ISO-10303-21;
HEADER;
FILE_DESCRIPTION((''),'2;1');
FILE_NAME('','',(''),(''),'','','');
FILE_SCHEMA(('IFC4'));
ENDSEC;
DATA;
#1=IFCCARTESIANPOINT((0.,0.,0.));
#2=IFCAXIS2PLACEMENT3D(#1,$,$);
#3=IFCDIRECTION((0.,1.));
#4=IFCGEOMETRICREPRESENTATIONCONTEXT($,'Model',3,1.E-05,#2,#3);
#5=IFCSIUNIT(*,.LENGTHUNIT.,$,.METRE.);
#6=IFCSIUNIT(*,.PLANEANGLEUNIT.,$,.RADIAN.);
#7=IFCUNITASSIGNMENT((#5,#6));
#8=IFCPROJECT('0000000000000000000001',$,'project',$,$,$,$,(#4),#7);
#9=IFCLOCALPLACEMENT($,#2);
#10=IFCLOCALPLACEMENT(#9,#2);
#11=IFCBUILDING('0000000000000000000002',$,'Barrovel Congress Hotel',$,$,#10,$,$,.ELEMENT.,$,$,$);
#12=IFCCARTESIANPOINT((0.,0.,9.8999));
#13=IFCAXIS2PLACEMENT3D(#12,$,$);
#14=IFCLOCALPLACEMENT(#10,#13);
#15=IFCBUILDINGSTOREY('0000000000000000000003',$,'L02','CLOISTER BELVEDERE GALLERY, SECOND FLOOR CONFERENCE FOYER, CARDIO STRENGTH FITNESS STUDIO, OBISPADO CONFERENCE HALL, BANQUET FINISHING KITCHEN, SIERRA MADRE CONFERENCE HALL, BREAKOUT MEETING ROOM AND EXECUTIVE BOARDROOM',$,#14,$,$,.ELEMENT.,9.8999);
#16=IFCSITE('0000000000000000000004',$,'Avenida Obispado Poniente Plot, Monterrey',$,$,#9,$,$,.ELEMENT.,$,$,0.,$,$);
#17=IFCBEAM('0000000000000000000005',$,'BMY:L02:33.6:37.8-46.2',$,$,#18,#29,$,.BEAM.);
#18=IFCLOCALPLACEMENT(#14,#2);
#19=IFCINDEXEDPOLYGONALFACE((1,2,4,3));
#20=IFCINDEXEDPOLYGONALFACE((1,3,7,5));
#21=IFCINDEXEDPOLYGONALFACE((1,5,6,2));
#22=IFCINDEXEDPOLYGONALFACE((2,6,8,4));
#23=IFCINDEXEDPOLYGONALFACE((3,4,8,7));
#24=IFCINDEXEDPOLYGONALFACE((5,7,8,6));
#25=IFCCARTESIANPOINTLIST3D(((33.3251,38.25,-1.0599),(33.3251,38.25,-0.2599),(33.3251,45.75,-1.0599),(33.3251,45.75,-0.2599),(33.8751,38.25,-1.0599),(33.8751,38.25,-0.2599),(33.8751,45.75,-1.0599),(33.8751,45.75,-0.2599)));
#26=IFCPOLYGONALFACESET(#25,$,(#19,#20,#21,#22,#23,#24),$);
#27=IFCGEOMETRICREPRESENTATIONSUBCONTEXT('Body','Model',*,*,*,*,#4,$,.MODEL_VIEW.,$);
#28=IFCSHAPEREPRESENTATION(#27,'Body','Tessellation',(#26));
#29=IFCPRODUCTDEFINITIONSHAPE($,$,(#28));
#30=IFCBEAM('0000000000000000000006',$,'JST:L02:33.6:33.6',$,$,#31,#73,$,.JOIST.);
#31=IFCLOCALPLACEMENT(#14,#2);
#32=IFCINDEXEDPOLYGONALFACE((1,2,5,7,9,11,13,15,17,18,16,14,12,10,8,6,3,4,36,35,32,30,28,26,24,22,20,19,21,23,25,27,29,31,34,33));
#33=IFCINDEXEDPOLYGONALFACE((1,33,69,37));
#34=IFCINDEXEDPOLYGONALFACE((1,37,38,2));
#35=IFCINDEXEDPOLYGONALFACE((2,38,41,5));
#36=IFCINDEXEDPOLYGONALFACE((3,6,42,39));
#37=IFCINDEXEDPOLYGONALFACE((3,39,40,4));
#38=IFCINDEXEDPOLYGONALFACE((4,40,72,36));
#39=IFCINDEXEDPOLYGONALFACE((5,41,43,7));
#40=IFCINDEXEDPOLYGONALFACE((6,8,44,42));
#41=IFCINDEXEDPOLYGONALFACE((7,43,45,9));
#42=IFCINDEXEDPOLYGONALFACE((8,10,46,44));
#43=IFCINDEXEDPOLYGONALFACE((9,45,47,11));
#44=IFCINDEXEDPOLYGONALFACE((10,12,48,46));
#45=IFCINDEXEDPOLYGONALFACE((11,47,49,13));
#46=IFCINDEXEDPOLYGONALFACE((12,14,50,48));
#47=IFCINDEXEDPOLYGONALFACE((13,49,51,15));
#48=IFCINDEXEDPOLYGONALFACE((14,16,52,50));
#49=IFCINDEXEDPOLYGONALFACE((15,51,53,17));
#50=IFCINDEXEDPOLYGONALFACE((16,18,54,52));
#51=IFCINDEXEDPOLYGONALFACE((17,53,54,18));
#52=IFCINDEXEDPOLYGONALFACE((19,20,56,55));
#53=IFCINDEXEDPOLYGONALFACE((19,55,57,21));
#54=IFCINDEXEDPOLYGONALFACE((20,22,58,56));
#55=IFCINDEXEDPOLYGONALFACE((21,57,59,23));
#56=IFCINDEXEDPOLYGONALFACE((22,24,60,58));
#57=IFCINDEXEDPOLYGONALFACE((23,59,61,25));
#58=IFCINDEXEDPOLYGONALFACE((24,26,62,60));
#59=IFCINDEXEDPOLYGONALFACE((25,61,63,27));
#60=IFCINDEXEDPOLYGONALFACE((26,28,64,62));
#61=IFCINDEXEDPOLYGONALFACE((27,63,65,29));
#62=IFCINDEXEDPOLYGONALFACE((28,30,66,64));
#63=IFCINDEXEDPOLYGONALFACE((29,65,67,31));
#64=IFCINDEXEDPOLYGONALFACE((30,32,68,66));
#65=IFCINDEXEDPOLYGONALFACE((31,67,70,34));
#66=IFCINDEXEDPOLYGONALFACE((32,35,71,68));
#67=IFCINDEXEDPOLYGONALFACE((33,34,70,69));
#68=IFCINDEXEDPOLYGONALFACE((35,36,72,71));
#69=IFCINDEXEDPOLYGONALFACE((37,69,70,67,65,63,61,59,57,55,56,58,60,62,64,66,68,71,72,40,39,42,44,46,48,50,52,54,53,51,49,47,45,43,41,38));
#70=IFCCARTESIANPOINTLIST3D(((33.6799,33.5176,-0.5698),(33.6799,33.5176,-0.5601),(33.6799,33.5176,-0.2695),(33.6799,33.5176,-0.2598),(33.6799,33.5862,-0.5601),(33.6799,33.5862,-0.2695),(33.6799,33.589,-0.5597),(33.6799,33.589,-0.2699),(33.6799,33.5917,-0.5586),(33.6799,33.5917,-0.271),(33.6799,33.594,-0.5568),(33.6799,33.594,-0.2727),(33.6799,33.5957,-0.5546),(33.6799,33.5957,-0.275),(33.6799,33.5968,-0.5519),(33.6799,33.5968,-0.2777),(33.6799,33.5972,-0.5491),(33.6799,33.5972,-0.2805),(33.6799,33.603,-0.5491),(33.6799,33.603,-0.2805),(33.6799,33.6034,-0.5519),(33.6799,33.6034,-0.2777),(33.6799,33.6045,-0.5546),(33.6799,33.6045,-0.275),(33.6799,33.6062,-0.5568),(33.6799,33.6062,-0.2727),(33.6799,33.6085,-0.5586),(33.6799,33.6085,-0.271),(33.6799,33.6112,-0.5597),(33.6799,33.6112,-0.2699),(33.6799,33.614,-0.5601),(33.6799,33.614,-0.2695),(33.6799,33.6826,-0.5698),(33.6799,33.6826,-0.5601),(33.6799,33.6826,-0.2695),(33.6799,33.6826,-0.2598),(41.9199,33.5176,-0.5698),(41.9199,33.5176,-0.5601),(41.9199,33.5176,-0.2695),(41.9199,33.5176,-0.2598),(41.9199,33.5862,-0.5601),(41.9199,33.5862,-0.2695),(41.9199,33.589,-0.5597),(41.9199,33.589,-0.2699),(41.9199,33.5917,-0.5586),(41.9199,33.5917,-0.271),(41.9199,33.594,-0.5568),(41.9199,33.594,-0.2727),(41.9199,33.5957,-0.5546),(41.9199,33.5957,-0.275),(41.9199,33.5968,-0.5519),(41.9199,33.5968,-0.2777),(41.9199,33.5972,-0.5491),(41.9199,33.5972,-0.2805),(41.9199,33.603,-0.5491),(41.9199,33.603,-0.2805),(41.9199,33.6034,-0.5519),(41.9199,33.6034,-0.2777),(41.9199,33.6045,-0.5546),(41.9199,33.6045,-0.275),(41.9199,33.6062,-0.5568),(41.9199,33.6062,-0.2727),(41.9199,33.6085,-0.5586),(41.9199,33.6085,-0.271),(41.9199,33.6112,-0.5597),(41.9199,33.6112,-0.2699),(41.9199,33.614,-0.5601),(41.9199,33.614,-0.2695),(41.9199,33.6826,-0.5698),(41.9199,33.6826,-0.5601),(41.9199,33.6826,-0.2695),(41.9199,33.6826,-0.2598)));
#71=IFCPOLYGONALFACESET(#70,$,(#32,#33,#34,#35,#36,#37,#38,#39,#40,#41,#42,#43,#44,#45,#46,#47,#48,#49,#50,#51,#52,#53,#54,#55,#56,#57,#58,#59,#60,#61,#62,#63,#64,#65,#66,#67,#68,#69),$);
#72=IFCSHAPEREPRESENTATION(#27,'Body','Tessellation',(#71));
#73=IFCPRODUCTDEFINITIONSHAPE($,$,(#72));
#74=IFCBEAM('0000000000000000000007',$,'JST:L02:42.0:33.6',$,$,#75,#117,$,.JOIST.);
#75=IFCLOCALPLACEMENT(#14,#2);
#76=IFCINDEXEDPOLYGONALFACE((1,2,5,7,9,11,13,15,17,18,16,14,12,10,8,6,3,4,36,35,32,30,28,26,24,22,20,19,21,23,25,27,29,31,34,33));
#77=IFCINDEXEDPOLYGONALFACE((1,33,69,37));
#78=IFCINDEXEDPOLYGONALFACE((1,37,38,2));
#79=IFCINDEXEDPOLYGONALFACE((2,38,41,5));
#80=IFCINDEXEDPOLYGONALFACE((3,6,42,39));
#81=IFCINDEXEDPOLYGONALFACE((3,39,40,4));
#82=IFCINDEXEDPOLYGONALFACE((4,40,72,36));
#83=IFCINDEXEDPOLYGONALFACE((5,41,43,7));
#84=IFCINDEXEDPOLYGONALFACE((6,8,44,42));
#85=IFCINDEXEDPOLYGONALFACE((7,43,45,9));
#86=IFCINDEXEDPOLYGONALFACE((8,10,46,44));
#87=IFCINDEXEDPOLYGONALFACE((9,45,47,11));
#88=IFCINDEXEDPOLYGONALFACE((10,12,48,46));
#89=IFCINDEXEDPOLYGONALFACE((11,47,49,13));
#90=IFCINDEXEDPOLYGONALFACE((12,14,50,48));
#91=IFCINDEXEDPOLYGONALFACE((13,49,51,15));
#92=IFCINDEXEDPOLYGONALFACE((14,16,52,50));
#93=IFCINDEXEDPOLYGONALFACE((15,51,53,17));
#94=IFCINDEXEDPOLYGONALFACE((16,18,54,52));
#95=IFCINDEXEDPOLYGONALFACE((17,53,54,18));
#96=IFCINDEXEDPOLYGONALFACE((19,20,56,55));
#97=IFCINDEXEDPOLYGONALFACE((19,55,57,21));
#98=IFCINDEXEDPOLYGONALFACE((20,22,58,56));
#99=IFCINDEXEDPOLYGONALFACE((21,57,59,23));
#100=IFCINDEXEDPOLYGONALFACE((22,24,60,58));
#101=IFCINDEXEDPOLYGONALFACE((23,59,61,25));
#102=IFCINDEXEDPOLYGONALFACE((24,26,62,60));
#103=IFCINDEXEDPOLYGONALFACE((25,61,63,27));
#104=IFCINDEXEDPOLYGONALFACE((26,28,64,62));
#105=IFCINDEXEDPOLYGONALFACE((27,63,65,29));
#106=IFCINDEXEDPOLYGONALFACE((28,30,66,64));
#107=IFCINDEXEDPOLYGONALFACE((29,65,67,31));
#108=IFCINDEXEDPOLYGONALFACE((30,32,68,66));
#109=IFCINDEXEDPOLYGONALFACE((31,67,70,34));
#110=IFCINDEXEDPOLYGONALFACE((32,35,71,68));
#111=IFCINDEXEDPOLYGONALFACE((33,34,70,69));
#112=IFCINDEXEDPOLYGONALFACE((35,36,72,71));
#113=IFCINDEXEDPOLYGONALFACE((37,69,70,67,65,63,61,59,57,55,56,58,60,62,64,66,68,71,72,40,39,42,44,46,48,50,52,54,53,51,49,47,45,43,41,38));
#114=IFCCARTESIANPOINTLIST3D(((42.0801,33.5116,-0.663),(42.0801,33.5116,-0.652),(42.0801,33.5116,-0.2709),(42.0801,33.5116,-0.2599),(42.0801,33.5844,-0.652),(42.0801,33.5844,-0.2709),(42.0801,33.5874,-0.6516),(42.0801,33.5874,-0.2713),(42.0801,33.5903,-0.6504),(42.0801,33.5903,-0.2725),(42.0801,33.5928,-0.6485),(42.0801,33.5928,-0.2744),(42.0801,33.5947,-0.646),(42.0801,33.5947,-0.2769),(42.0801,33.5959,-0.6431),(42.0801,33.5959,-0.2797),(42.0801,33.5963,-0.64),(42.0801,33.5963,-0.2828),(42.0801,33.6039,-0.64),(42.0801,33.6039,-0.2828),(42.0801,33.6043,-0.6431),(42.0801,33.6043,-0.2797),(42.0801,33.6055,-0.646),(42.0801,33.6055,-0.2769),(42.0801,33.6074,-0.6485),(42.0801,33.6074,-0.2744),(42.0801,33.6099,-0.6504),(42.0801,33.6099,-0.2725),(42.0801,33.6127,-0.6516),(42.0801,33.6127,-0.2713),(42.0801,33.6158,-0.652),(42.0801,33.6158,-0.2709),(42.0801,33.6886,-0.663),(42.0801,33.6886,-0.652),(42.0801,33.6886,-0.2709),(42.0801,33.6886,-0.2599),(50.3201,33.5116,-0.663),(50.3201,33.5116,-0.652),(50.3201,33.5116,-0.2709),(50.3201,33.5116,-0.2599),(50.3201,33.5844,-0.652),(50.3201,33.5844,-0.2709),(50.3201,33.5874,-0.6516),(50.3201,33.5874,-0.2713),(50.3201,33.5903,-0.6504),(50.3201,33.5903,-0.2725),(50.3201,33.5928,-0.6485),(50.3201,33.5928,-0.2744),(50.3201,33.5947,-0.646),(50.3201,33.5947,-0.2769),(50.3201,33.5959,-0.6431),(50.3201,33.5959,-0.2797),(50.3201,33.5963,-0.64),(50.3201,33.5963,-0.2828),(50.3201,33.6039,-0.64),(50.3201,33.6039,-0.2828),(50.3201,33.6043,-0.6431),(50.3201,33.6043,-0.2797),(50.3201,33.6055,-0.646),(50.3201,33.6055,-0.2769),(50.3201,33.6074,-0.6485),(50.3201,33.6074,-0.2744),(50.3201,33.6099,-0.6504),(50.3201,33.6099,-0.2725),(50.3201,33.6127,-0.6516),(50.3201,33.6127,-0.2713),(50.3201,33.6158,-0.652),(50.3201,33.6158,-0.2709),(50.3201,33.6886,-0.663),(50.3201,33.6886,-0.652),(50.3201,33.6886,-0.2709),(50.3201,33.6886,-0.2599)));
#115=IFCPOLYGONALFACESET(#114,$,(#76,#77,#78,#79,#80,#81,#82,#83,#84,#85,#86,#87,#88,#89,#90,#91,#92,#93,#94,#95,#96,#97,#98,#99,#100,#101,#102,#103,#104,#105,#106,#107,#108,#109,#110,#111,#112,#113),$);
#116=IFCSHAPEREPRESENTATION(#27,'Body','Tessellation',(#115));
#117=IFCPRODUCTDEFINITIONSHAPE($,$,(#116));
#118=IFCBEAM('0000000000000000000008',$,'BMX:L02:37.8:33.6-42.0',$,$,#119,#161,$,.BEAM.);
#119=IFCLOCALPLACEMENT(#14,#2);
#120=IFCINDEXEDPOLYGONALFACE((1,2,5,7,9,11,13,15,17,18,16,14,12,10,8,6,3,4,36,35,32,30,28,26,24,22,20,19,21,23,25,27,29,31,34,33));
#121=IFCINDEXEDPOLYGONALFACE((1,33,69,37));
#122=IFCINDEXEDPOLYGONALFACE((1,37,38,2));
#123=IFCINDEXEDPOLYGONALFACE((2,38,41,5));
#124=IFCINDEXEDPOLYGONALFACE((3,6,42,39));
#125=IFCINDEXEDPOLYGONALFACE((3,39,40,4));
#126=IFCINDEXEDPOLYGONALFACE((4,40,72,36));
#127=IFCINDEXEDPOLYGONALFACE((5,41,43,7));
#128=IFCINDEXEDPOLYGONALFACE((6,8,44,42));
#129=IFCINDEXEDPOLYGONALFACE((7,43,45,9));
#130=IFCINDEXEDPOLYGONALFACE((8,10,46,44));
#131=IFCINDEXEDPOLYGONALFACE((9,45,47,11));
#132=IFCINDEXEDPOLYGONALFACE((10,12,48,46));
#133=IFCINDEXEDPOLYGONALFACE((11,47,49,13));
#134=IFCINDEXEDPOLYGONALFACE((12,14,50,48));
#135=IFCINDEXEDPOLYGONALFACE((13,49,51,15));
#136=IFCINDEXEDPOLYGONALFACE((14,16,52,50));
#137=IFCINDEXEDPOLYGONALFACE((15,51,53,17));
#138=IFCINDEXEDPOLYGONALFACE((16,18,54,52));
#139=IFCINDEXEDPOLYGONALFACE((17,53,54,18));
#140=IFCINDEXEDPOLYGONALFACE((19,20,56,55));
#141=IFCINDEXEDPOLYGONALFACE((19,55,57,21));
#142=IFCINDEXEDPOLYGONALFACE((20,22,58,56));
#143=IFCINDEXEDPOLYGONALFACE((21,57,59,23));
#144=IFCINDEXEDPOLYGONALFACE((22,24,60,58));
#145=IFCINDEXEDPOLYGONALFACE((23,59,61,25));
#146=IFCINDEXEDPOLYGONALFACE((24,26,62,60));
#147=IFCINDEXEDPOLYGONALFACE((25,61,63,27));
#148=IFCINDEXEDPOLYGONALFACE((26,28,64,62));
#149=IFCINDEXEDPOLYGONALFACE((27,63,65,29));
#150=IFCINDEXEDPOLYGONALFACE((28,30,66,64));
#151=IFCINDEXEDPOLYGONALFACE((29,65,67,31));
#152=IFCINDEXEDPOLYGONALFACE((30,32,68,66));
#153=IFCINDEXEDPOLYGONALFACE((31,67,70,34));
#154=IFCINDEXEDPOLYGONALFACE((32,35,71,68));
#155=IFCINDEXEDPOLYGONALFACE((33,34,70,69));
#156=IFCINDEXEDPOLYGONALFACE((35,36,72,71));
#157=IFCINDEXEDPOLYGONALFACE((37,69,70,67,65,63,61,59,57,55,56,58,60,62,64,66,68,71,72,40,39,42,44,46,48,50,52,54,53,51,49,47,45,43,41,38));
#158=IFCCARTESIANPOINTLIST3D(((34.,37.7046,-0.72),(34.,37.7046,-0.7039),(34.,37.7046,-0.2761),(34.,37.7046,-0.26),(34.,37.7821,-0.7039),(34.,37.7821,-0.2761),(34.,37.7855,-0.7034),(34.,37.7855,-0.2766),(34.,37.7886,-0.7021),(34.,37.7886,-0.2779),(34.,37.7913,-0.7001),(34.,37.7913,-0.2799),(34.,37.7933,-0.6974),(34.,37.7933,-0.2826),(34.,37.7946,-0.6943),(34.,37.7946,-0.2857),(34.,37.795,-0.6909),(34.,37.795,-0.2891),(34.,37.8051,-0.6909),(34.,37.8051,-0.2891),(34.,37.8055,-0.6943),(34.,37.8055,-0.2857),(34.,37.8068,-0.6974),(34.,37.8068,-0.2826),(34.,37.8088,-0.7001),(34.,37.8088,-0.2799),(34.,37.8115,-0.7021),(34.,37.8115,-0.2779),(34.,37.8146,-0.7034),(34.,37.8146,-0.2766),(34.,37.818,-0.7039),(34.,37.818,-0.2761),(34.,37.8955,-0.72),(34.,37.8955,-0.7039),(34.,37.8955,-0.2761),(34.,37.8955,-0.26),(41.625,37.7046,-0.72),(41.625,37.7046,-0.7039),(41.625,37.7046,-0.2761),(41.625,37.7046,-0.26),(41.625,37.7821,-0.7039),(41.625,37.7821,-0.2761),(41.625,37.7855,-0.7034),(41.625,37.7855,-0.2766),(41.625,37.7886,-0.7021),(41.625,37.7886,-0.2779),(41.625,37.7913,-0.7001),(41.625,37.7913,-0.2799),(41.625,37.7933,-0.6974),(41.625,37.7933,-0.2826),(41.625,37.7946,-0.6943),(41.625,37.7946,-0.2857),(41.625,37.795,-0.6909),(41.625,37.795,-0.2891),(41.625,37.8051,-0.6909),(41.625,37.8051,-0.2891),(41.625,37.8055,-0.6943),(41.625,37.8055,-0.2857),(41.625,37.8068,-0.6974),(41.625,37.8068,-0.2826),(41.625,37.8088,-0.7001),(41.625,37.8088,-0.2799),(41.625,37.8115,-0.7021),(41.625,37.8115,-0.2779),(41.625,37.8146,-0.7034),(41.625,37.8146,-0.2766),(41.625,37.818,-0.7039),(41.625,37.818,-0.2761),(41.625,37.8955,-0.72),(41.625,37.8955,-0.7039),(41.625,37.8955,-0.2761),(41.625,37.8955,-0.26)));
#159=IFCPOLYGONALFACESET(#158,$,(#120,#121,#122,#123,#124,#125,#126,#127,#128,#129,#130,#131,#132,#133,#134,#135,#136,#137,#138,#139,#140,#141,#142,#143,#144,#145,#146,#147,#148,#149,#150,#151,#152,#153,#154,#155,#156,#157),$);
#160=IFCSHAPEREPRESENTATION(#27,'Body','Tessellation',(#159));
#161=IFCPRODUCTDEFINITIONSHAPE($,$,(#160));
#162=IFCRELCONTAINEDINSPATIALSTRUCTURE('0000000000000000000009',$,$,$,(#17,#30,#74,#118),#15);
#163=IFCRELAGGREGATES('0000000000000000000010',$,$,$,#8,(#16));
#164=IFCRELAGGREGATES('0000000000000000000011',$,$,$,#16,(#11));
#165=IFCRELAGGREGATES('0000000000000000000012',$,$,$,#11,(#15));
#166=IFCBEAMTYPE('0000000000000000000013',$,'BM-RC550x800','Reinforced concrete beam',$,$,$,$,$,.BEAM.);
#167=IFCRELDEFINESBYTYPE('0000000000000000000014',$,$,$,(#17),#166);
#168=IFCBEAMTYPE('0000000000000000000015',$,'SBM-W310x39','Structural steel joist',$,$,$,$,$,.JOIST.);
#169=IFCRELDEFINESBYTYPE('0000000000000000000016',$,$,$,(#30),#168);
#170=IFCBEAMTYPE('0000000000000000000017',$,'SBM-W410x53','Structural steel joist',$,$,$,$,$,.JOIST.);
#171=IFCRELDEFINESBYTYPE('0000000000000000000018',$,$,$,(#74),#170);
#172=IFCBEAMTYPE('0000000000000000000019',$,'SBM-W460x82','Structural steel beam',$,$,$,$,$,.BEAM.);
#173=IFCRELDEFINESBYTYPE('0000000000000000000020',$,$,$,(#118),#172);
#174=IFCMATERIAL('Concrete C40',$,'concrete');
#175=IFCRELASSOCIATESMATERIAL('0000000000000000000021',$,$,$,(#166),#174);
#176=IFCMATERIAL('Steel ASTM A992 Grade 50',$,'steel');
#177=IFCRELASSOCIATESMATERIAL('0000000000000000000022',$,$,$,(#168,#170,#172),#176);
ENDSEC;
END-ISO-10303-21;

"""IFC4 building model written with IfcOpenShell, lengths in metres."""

from ifc_helpers import new_model, si_unit, direction, frame, origin, origin_2d, place, context, subcontext, project, spatial, rectangle, i_section, extrude, material, material_profile, profile_set, type_object, element, save


model = new_model("IFC4")

# Units and contexts
model_context = context("Model", 3, precision=1e-05, world=origin(), true_north=direction((0.0, 1.0)))
body_context = subcontext(model_context, "Body", "Model", "MODEL_VIEW")
ifc_project = project(units=[si_unit("LENGTHUNIT", "METRE"), si_unit("PLANEANGLEUNIT", "RADIAN")], contexts=[model_context])

# Site, building, storey
site_placement = place(None, origin())
site = spatial("IfcSite", under=ifc_project, at=site_placement, Name="Avenida Obispado Poniente Plot, Monterrey", CompositionType="ELEMENT", RefElevation=0.0)
building_placement = place(site_placement, origin())
building = spatial("IfcBuilding", under=site, at=building_placement, Name="Barrovel Congress Hotel", CompositionType="ELEMENT")
storey_placement = place(building_placement, frame((0.0, 0.0, 9.8999)))
storey = spatial("IfcBuildingStorey", under=building, at=storey_placement, Name="L02", Description="CLOISTER BELVEDERE GALLERY, SECOND FLOOR CONFERENCE FOYER, CARDIO STRENGTH FITNESS STUDIO, OBISPADO CONFERENCE HALL, BANQUET FINISHING KITCHEN, SIERRA MADRE CONFERENCE HALL, BREAKOUT MEETING ROOM AND EXECUTIVE BOARDROOM", CompositionType="ELEMENT", Elevation=9.8999)

# Shared definitions
ifc_material_1 = material(Name="Concrete C40", Category="concrete")

# Beams
ifc_material_profile_1 = material_profile(ifc_material_1, rectangle(XDim=0.55, YDim=0.8, at=origin_2d()), Name="RC550x800")
ifc_profile_set_1 = profile_set([ifc_material_profile_1], Name="Concrete C40")
beam_type_1 = type_object("IfcBeamType", Name="BM-RC550x800", Description="Reinforced concrete beam", PredefinedType="BEAM", material=ifc_profile_set_1)
beam_1_placement = place(storey_placement, frame((33.6001, 38.25, -0.6599), z_axis=(0.0, 1.0, 0.0), x_axis=(-1.0, 0.0, 0.0)))
element("IfcBeam", 1, at=beam_1_placement, inside=storey, type_object=beam_type_1, Name="BMY:L02:33.6:37.8-46.2", PredefinedType="BEAM", context=body_context, shape_type="SweptSolid", body=[
    extrude(rectangle(XDim=0.55, YDim=0.8, at=origin_2d()), origin(), (0.0, 0.0, 1.0), 7.5),
])
ifc_material_2 = material(Name="Steel ASTM A992 Grade 50", Category="steel")
ifc_material_profile_2 = material_profile(ifc_material_2, i_section(OverallWidth=0.165, OverallDepth=0.3101, WebThickness=0.0059, FlangeThickness=0.0098, FilletRadius=0.011, at=origin_2d()), Name="W310x39")
ifc_profile_set_2 = profile_set([ifc_material_profile_2], Name="Steel ASTM A992 Grade 50")
beam_type_2 = type_object("IfcBeamType", Name="SBM-W310x39", Description="Structural steel joist", PredefinedType="JOIST", material=ifc_profile_set_2)
beam_2_placement = place(storey_placement, frame((33.6799, 33.6001, -0.4148), z_axis=(1.0, 0.0, 0.0), x_axis=(0.0, 1.0, 0.0)))
element("IfcBeam", 2, at=beam_2_placement, inside=storey, type_object=beam_type_2, Name="JST:L02:33.6:33.6", PredefinedType="JOIST", context=body_context, shape_type="SweptSolid", body=[
    extrude(i_section(OverallWidth=0.165, OverallDepth=0.3101, WebThickness=0.0059, FlangeThickness=0.0098, FilletRadius=0.011, at=origin_2d()), origin(), (0.0, 0.0, 1.0), 8.24),
])
ifc_material_profile_3 = material_profile(ifc_material_2, i_section(OverallWidth=0.177, OverallDepth=0.4031, WebThickness=0.0076, FlangeThickness=0.011, FilletRadius=0.012, at=origin_2d()), Name="W410x53")
ifc_profile_set_3 = profile_set([ifc_material_profile_3], Name="Steel ASTM A992 Grade 50")
beam_type_3 = type_object("IfcBeamType", Name="SBM-W410x53", Description="Structural steel joist", PredefinedType="JOIST", material=ifc_profile_set_3)
beam_3_placement = place(storey_placement, frame((42.0801, 33.6001, -0.4614), z_axis=(1.0, 0.0, 0.0), x_axis=(0.0, 1.0, 0.0)))
element("IfcBeam", 3, at=beam_3_placement, inside=storey, type_object=beam_type_3, Name="JST:L02:42.0:33.6", PredefinedType="JOIST", context=body_context, shape_type="SweptSolid", body=[
    extrude(i_section(OverallWidth=0.177, OverallDepth=0.4031, WebThickness=0.0076, FlangeThickness=0.011, FilletRadius=0.012, at=origin_2d()), origin(), (0.0, 0.0, 1.0), 8.24),
])
ifc_material_profile_4 = material_profile(ifc_material_2, i_section(OverallWidth=0.1909, OverallDepth=0.46, WebThickness=0.01, FlangeThickness=0.0161, FilletRadius=0.0129, at=origin_2d()), Name="W460x82")
ifc_profile_set_4 = profile_set([ifc_material_profile_4], Name="Steel ASTM A992 Grade 50")
beam_type_4 = type_object("IfcBeamType", Name="SBM-W460x82", Description="Structural steel beam", PredefinedType="BEAM", material=ifc_profile_set_4)
beam_4_placement = place(storey_placement, frame((34.0, 37.8, -0.49), z_axis=(1.0, 0.0, 0.0), x_axis=(0.0, 1.0, 0.0)))
element("IfcBeam", 4, at=beam_4_placement, inside=storey, type_object=beam_type_4, Name="BMX:L02:37.8:33.6-42.0", PredefinedType="BEAM", context=body_context, shape_type="SweptSolid", body=[
    extrude(i_section(OverallWidth=0.1909, OverallDepth=0.46, WebThickness=0.01, FlangeThickness=0.0161, FilletRadius=0.0129, at=origin_2d()), origin(), (0.0, 0.0, 1.0), 7.625),
])

save(model, "model.ifc")
